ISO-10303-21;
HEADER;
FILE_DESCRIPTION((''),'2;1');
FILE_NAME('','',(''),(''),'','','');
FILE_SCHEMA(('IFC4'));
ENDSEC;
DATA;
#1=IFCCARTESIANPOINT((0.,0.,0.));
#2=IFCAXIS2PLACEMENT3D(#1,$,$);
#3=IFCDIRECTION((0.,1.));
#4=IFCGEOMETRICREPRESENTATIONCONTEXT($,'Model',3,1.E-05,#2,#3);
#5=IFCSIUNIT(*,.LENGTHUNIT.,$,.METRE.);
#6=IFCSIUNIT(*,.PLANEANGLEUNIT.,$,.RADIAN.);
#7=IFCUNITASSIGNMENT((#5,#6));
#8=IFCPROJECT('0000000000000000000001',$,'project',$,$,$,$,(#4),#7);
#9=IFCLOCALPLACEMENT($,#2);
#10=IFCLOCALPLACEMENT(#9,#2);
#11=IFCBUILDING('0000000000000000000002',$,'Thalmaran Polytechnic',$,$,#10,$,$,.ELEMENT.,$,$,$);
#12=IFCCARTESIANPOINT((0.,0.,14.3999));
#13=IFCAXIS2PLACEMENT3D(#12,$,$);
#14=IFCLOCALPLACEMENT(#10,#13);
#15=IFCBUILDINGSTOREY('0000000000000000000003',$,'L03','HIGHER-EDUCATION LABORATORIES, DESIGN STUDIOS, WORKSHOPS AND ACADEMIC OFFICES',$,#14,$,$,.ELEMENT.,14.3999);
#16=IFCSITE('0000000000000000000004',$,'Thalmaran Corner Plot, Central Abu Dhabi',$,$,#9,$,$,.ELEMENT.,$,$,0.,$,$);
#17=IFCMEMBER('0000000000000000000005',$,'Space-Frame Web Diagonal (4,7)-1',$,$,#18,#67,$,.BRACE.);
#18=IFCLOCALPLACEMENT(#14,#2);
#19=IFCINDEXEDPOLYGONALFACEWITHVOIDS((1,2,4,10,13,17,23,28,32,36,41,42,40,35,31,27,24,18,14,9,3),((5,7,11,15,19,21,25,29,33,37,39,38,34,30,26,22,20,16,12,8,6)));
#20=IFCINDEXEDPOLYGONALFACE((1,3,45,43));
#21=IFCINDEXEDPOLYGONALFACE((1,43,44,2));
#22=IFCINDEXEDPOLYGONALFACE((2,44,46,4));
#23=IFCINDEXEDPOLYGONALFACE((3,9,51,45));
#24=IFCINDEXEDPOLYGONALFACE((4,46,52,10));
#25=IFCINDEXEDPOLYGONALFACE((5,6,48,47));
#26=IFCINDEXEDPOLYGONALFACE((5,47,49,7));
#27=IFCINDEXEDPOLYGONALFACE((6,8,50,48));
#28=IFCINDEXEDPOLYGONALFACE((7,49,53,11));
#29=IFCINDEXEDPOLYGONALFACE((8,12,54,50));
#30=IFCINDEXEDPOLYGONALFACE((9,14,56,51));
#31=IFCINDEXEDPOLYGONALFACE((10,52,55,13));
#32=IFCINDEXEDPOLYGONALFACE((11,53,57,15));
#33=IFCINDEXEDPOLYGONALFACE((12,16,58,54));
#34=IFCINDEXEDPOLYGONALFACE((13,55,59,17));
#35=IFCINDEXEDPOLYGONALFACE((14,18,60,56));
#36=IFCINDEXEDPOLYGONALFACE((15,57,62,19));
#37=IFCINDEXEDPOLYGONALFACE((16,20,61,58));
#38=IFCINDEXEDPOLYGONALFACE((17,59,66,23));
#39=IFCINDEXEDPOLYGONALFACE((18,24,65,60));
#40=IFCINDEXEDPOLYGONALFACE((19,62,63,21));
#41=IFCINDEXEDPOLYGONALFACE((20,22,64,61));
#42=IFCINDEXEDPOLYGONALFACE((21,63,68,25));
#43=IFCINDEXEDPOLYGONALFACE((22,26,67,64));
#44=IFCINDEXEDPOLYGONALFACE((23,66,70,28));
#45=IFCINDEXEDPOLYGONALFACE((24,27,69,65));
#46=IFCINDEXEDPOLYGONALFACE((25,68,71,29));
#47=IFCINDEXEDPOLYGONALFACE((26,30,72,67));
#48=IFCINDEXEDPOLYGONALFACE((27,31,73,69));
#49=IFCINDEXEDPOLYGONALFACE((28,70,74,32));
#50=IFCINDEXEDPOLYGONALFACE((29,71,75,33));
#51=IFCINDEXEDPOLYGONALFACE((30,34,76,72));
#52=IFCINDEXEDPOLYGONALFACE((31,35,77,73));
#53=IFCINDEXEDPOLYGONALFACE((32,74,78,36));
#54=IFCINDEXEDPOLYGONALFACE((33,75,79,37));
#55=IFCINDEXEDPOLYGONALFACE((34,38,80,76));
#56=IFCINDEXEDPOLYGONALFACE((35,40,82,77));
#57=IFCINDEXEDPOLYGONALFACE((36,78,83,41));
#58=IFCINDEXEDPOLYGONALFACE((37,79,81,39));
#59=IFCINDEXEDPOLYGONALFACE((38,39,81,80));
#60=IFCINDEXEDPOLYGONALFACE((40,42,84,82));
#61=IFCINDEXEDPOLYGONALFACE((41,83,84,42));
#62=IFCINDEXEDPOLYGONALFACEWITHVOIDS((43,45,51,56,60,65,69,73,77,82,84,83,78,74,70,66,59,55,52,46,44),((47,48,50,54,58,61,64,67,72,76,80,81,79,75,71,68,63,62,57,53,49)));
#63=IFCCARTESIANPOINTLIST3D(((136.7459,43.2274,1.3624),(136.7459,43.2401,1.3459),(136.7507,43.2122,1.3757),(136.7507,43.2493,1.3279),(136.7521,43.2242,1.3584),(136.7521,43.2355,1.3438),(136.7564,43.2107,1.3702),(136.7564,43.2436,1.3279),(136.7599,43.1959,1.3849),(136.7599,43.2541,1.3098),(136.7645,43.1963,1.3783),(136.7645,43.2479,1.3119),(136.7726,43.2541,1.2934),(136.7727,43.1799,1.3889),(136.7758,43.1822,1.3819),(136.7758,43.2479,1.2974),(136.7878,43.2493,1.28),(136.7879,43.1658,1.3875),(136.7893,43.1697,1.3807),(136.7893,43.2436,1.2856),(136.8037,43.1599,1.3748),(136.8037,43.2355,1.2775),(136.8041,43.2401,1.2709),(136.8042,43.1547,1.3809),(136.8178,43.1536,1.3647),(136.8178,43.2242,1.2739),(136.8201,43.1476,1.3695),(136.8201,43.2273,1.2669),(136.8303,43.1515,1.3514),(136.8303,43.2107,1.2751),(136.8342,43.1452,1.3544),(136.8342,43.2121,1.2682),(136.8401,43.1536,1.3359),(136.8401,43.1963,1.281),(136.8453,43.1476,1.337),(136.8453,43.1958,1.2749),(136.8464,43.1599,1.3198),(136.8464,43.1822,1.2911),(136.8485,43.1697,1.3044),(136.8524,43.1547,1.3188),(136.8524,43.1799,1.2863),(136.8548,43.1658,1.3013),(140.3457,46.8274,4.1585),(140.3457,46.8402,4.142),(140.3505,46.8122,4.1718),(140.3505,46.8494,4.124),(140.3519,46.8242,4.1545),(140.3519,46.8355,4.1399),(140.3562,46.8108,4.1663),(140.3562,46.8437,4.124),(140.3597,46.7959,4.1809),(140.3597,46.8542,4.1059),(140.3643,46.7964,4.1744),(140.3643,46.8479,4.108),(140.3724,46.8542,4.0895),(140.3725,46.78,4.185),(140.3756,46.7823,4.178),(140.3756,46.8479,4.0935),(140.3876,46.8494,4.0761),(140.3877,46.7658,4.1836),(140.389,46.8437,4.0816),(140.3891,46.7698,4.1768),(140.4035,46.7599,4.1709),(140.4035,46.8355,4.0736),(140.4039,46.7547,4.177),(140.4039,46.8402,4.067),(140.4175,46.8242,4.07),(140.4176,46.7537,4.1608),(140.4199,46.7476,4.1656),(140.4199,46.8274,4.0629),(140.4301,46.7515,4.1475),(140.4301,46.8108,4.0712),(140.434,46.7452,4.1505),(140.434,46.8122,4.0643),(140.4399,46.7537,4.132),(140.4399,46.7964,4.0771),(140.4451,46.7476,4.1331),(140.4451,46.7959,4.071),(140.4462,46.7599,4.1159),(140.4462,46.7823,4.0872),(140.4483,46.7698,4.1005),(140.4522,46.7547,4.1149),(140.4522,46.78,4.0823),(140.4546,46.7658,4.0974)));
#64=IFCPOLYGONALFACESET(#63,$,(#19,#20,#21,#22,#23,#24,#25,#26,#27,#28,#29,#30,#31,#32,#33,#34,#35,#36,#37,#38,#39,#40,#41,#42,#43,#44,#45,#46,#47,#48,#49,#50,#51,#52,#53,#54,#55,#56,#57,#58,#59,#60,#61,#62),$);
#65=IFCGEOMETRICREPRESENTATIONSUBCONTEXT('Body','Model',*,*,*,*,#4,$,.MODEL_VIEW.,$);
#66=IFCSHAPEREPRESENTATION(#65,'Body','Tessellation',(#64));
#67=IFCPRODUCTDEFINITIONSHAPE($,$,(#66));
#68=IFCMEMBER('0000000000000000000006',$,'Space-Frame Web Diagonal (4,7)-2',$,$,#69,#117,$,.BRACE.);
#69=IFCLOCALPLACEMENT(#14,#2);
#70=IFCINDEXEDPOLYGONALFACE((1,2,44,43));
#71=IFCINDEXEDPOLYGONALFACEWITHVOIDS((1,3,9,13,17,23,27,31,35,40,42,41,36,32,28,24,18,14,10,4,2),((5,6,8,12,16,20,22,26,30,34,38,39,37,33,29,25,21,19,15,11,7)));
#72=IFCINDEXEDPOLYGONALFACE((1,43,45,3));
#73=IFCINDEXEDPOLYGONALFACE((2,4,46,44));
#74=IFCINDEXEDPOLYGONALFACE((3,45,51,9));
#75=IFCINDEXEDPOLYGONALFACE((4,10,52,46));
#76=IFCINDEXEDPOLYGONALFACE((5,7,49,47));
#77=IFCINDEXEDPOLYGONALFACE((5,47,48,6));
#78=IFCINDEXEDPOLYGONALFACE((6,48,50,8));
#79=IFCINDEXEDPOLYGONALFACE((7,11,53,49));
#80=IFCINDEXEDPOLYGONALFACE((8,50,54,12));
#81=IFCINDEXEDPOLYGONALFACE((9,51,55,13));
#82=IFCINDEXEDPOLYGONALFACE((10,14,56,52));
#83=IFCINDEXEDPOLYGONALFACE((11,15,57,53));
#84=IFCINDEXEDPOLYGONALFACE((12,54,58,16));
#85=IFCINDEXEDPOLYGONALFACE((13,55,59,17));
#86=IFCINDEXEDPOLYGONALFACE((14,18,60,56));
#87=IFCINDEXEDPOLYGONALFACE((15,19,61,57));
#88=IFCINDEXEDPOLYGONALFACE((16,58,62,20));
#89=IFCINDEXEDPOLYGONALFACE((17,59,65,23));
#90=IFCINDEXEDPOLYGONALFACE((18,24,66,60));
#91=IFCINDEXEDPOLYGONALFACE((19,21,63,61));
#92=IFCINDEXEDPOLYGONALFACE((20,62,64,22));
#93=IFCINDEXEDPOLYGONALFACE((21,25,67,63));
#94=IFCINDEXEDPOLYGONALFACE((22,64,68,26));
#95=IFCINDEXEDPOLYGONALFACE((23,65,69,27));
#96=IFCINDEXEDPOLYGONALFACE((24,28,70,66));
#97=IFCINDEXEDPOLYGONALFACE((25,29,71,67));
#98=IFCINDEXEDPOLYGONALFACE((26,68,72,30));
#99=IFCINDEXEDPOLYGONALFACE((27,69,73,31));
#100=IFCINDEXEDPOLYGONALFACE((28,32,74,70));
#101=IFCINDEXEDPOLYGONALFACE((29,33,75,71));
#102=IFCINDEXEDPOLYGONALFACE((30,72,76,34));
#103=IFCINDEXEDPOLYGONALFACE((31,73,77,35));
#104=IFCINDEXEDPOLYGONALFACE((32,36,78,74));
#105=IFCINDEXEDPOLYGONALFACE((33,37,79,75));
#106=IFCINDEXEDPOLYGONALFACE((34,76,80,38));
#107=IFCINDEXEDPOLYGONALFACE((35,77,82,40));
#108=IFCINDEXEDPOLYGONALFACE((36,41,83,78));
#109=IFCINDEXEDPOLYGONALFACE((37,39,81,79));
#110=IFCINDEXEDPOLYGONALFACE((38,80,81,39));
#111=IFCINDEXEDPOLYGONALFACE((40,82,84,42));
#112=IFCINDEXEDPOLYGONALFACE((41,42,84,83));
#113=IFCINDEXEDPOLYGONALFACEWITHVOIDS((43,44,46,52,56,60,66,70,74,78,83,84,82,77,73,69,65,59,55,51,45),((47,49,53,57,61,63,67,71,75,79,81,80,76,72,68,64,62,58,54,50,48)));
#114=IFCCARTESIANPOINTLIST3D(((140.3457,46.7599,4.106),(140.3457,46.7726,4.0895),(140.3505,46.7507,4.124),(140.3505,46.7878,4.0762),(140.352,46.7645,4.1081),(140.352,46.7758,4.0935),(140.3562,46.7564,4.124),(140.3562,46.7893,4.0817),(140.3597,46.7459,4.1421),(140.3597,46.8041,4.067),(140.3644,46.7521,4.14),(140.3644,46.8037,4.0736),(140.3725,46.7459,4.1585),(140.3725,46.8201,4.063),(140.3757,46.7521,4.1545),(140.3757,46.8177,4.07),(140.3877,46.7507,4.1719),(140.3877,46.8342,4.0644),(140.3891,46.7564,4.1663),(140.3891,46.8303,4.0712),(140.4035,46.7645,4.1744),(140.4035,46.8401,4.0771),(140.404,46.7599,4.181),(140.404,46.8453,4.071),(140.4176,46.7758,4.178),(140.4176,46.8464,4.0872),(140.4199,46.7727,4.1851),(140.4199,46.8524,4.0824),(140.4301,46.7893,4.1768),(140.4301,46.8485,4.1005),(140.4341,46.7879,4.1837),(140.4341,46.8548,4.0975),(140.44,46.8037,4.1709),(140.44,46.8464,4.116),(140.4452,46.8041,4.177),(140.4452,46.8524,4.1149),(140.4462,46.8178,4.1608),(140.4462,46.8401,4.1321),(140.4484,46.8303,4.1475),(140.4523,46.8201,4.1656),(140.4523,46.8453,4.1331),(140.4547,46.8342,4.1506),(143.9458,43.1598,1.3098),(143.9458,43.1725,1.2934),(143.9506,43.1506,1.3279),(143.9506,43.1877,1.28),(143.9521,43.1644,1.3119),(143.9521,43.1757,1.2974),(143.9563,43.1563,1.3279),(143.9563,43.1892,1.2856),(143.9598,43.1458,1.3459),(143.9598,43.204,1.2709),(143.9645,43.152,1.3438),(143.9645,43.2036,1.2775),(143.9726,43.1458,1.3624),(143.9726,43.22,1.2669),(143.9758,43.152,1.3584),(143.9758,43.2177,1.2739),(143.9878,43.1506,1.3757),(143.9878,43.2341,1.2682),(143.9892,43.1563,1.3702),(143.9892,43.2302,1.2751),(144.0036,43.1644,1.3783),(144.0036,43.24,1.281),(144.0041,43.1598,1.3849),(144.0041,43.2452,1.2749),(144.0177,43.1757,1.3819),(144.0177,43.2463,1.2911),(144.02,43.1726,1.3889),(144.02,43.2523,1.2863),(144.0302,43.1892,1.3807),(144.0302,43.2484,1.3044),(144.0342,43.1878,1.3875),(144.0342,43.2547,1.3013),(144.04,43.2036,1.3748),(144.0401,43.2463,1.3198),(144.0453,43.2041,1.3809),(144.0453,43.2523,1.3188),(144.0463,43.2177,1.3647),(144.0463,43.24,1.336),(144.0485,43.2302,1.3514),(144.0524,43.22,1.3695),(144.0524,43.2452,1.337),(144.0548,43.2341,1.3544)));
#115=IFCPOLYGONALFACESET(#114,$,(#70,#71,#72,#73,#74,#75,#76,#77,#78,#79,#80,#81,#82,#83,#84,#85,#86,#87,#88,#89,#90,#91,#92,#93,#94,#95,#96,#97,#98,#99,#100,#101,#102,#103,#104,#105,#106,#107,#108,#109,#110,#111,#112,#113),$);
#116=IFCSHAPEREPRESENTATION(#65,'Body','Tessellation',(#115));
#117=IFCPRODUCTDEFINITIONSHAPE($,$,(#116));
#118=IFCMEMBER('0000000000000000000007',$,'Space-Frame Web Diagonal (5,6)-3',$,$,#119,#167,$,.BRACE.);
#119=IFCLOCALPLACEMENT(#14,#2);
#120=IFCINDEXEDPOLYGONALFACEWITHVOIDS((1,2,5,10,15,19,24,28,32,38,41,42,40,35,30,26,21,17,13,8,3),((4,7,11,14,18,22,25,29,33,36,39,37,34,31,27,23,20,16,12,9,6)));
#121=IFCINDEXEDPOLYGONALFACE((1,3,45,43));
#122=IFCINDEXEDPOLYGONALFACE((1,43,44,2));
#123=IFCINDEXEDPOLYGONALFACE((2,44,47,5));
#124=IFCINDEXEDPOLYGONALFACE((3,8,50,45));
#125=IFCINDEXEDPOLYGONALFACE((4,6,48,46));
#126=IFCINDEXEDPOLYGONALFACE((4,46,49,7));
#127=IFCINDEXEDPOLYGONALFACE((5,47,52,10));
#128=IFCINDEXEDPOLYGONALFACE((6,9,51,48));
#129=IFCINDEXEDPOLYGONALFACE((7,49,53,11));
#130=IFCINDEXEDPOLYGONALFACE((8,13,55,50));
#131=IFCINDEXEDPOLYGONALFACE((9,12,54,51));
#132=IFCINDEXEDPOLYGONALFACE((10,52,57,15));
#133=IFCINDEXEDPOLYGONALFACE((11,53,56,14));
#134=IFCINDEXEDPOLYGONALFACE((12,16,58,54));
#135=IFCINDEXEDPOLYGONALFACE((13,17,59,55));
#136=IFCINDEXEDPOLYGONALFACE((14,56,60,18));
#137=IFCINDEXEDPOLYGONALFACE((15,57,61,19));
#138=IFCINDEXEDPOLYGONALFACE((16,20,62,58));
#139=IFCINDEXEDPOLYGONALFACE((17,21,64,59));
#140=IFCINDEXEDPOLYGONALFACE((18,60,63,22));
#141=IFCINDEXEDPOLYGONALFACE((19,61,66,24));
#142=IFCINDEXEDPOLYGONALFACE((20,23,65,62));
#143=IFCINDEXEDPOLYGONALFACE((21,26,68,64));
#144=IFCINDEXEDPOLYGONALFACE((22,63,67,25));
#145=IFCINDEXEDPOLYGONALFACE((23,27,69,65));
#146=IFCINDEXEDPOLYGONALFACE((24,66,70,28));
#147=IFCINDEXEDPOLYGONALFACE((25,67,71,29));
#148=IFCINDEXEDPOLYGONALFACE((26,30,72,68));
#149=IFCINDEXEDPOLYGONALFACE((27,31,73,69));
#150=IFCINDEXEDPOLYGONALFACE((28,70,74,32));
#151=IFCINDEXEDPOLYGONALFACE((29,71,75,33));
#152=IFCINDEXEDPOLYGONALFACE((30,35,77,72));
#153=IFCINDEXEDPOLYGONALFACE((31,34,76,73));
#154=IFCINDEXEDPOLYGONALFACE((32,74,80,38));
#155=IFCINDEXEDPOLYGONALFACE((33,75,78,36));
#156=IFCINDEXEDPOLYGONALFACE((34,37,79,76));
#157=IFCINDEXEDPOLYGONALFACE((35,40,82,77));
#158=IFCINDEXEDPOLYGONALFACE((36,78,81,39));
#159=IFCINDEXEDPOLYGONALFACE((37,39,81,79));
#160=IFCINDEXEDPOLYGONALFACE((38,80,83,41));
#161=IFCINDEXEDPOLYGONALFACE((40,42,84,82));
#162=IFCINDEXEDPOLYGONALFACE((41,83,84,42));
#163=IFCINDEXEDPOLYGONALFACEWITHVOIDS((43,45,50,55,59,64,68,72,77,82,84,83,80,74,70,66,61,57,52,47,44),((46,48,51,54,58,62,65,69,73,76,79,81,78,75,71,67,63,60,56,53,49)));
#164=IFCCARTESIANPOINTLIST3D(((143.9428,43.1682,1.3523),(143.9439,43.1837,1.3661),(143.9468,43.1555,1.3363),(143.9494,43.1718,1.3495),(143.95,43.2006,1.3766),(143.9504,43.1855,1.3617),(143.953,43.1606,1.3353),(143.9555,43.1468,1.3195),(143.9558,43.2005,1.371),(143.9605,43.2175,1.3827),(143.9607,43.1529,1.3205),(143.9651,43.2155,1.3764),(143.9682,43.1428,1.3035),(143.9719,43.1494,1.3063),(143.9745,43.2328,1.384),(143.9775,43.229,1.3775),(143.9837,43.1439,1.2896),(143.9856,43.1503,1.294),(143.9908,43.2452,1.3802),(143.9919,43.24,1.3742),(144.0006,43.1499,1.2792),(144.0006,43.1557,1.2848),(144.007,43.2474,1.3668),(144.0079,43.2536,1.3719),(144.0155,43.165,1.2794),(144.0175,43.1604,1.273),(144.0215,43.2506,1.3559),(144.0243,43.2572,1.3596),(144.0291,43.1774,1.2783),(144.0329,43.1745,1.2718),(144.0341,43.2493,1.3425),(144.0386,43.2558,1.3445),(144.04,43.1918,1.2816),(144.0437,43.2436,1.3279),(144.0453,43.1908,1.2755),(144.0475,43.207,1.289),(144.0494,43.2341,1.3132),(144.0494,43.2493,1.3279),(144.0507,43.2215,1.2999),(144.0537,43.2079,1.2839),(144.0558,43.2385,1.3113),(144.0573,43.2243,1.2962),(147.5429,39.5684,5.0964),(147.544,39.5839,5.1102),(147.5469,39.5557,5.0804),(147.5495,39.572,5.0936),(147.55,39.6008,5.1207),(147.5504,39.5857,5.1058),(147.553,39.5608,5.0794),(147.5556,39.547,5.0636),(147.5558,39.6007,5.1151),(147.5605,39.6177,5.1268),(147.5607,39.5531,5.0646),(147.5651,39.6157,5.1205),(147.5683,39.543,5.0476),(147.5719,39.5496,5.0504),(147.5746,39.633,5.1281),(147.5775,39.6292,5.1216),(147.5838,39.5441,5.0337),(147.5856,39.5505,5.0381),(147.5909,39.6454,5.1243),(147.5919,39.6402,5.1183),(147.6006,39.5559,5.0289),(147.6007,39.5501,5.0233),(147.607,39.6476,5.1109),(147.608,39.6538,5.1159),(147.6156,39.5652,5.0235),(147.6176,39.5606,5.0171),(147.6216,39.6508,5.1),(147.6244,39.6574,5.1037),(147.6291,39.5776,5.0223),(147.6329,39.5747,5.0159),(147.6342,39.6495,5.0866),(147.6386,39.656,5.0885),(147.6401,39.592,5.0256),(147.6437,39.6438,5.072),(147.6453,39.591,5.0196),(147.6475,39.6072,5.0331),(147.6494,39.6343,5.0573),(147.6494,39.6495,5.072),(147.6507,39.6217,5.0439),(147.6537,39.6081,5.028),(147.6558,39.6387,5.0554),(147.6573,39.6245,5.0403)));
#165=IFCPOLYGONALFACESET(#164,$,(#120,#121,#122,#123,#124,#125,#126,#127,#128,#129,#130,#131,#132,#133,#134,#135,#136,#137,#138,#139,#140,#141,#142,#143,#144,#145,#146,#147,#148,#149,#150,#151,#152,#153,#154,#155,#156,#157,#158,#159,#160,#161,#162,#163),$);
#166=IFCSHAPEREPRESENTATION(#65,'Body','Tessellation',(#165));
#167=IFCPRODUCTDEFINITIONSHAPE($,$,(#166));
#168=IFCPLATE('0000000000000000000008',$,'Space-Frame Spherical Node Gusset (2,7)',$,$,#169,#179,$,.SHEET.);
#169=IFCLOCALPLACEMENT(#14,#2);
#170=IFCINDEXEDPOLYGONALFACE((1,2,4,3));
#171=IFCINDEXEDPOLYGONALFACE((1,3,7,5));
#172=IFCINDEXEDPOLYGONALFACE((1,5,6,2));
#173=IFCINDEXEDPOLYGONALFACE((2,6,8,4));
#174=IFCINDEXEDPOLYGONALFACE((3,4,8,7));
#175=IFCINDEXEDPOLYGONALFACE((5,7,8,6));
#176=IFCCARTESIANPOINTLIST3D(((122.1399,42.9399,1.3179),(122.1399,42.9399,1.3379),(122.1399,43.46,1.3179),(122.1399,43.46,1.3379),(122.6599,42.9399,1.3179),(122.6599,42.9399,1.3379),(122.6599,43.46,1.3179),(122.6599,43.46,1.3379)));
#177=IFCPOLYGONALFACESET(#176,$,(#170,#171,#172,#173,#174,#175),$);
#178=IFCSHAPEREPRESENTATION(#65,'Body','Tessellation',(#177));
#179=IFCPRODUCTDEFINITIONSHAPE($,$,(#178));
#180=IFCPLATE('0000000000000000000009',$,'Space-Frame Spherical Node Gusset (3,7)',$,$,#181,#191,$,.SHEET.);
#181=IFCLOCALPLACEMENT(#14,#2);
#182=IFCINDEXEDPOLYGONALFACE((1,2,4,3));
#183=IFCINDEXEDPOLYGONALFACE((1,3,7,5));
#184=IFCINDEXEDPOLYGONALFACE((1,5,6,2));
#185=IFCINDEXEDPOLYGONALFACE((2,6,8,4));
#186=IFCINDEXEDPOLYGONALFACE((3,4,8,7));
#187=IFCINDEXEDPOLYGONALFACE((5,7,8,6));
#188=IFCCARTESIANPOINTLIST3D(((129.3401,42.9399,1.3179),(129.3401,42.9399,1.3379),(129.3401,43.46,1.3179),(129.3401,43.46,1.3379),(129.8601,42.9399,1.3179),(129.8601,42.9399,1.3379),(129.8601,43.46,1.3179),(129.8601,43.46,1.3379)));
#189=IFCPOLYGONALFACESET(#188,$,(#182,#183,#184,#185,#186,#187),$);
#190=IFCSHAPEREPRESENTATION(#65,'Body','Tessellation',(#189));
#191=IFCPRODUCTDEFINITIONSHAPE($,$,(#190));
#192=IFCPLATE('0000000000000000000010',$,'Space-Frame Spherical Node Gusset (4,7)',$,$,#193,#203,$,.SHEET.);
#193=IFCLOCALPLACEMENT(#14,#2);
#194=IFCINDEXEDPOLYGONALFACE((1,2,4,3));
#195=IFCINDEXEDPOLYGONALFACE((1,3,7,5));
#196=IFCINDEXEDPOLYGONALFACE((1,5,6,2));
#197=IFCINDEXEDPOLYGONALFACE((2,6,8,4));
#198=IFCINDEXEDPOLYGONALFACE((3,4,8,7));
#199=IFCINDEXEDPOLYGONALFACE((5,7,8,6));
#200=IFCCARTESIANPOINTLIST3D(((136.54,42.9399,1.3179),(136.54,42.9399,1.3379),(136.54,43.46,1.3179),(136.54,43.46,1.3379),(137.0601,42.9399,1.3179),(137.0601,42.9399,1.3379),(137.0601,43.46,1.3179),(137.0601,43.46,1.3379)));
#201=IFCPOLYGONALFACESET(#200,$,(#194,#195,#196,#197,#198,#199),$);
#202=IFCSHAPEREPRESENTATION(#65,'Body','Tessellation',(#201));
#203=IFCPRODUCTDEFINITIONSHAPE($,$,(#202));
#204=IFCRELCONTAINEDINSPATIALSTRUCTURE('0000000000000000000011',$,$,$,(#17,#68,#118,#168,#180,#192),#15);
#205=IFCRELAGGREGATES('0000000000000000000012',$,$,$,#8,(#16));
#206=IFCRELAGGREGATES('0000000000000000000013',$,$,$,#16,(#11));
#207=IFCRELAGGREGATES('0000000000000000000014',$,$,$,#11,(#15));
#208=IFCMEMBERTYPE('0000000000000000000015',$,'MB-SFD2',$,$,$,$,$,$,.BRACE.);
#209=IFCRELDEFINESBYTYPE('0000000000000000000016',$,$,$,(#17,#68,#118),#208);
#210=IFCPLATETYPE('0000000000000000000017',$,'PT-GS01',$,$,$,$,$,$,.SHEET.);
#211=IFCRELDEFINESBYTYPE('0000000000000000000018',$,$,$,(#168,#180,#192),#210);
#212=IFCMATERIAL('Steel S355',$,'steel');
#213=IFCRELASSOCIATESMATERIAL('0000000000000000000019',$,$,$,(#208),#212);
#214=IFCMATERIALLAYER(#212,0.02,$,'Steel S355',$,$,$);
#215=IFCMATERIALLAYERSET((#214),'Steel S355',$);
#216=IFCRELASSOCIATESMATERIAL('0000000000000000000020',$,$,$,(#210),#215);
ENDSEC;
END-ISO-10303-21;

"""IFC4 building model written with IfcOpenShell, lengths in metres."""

from ifc_helpers import new_model, si_unit, direction, frame, origin, origin_2d, place, context, subcontext, project, spatial, rectangle, hollow_circle, extrude, material, layer, layer_set, material_profile, profile_set, type_object, element, save


model = new_model("IFC4")

# Units and contexts
model_context = context("Model", 3, precision=1e-05, world=origin(), true_north=direction((0.0, 1.0)))
body_context = subcontext(model_context, "Body", "Model", "MODEL_VIEW")
ifc_project = project(units=[si_unit("LENGTHUNIT", "METRE"), si_unit("PLANEANGLEUNIT", "RADIAN")], contexts=[model_context])

# Site, building, storey
site_placement = place(None, origin())
site = spatial("IfcSite", under=ifc_project, at=site_placement, Name="Thalmaran Corner Plot, Central Abu Dhabi", CompositionType="ELEMENT", RefElevation=0.0)
building_placement = place(site_placement, origin())
building = spatial("IfcBuilding", under=site, at=building_placement, Name="Thalmaran Polytechnic", CompositionType="ELEMENT")
storey_placement = place(building_placement, frame((0.0, 0.0, 14.3999)))
storey = spatial("IfcBuildingStorey", under=building, at=storey_placement, Name="L03", Description="HIGHER-EDUCATION LABORATORIES, DESIGN STUDIOS, WORKSHOPS AND ACADEMIC OFFICES", CompositionType="ELEMENT", Elevation=14.3999)

# Members
ifc_material = material(Name="Steel S355", Category="steel")
ifc_material_profile_1 = material_profile(ifc_material, hollow_circle(Radius=0.0698, WallThickness=0.0081, at=origin_2d()), Name="CHS 139.7x8.0")
ifc_profile_set_1 = profile_set([ifc_material_profile_1], Name="Steel S355")
member_type_1 = type_object("IfcMemberType", Name="MB-SFD2", PredefinedType="BRACE", material=ifc_profile_set_1)
member_1_placement = place(storey_placement, frame((136.8, 43.2, 1.3279), z_axis=(0.619762, 0.619804, 0.481392), x_axis=(-0.707131, 0.707083, 0.0)))
element("IfcMember", 1, at=member_1_placement, inside=storey, type_object=member_type_1, Name="Space-Frame Web Diagonal (4,7)-1", PredefinedType="BRACE", context=body_context, shape_type="SweptSolid", body=[
    extrude(hollow_circle(Radius=0.0698, WallThickness=0.0081, at=origin_2d()), origin(), (0.0, 0.0, 1.0), 5.8083),
])
member_2_placement = place(storey_placement, frame((144.0, 43.2, 1.3279), z_axis=(-0.619788, 0.619788, 0.48138), x_axis=(-0.707107, -0.707107, 0.0)))
element("IfcMember", 2, at=member_2_placement, inside=storey, type_object=member_type_1, Name="Space-Frame Web Diagonal (4,7)-2", PredefinedType="BRACE", context=body_context, shape_type="SweptSolid", body=[
    extrude(hollow_circle(Radius=0.0698, WallThickness=0.0081, at=origin_2d()), origin(), (0.0, 0.0, 1.0), 5.8086),
])
member_3_placement = place(storey_placement, frame((144.0, 43.2, 1.3279), z_axis=(0.569665, -0.569627, 0.592458), x_axis=(0.707083, 0.707131, 0.0)))
element("IfcMember", 3, at=member_3_placement, inside=storey, type_object=member_type_1, Name="Space-Frame Web Diagonal (5,6)-3", PredefinedType="BRACE", context=body_context, shape_type="SweptSolid", body=[
    extrude(hollow_circle(Radius=0.0698, WallThickness=0.0081, at=origin_2d()), origin(), (0.0, 0.0, 1.0), 6.3196),
])

# Plates
ifc_layer = layer(ifc_material, 0.02, Name="Steel S355")
ifc_layer_set = layer_set([ifc_layer], Name="Steel S355")
plate_type = type_object("IfcPlateType", Name="PT-GS01", PredefinedType="SHEET", material=ifc_layer_set)
for number, where, z_axis, x_axis, name in (
    (4, (122.3999, 43.2, 1.3179), (0.0, 0.0, 1.0), (1.0, 0.0, 0.0), "Space-Frame Spherical Node Gusset (2,7)"),
    (5, (129.6001, 43.2, 1.3179), (0.0, 0.0, 1.0), (1.0, 0.0, 0.0), "Space-Frame Spherical Node Gusset (3,7)"),
    (6, (136.8, 43.2, 1.3179), (0.0, 0.0, 1.0), (1.0, 0.0, 0.0), "Space-Frame Spherical Node Gusset (4,7)"),
):
    element("IfcPlate", number, at=place(storey_placement, frame(where, z_axis=z_axis, x_axis=x_axis)), inside=storey, type_object=plate_type, Name=name, PredefinedType="SHEET", context=body_context, shape_type="SweptSolid", body=[
        extrude(rectangle(XDim=0.52, YDim=0.52, at=origin_2d()), origin(), (0.0, 0.0, 1.0), 0.02),
    ])

save(model, "model.ifc")
